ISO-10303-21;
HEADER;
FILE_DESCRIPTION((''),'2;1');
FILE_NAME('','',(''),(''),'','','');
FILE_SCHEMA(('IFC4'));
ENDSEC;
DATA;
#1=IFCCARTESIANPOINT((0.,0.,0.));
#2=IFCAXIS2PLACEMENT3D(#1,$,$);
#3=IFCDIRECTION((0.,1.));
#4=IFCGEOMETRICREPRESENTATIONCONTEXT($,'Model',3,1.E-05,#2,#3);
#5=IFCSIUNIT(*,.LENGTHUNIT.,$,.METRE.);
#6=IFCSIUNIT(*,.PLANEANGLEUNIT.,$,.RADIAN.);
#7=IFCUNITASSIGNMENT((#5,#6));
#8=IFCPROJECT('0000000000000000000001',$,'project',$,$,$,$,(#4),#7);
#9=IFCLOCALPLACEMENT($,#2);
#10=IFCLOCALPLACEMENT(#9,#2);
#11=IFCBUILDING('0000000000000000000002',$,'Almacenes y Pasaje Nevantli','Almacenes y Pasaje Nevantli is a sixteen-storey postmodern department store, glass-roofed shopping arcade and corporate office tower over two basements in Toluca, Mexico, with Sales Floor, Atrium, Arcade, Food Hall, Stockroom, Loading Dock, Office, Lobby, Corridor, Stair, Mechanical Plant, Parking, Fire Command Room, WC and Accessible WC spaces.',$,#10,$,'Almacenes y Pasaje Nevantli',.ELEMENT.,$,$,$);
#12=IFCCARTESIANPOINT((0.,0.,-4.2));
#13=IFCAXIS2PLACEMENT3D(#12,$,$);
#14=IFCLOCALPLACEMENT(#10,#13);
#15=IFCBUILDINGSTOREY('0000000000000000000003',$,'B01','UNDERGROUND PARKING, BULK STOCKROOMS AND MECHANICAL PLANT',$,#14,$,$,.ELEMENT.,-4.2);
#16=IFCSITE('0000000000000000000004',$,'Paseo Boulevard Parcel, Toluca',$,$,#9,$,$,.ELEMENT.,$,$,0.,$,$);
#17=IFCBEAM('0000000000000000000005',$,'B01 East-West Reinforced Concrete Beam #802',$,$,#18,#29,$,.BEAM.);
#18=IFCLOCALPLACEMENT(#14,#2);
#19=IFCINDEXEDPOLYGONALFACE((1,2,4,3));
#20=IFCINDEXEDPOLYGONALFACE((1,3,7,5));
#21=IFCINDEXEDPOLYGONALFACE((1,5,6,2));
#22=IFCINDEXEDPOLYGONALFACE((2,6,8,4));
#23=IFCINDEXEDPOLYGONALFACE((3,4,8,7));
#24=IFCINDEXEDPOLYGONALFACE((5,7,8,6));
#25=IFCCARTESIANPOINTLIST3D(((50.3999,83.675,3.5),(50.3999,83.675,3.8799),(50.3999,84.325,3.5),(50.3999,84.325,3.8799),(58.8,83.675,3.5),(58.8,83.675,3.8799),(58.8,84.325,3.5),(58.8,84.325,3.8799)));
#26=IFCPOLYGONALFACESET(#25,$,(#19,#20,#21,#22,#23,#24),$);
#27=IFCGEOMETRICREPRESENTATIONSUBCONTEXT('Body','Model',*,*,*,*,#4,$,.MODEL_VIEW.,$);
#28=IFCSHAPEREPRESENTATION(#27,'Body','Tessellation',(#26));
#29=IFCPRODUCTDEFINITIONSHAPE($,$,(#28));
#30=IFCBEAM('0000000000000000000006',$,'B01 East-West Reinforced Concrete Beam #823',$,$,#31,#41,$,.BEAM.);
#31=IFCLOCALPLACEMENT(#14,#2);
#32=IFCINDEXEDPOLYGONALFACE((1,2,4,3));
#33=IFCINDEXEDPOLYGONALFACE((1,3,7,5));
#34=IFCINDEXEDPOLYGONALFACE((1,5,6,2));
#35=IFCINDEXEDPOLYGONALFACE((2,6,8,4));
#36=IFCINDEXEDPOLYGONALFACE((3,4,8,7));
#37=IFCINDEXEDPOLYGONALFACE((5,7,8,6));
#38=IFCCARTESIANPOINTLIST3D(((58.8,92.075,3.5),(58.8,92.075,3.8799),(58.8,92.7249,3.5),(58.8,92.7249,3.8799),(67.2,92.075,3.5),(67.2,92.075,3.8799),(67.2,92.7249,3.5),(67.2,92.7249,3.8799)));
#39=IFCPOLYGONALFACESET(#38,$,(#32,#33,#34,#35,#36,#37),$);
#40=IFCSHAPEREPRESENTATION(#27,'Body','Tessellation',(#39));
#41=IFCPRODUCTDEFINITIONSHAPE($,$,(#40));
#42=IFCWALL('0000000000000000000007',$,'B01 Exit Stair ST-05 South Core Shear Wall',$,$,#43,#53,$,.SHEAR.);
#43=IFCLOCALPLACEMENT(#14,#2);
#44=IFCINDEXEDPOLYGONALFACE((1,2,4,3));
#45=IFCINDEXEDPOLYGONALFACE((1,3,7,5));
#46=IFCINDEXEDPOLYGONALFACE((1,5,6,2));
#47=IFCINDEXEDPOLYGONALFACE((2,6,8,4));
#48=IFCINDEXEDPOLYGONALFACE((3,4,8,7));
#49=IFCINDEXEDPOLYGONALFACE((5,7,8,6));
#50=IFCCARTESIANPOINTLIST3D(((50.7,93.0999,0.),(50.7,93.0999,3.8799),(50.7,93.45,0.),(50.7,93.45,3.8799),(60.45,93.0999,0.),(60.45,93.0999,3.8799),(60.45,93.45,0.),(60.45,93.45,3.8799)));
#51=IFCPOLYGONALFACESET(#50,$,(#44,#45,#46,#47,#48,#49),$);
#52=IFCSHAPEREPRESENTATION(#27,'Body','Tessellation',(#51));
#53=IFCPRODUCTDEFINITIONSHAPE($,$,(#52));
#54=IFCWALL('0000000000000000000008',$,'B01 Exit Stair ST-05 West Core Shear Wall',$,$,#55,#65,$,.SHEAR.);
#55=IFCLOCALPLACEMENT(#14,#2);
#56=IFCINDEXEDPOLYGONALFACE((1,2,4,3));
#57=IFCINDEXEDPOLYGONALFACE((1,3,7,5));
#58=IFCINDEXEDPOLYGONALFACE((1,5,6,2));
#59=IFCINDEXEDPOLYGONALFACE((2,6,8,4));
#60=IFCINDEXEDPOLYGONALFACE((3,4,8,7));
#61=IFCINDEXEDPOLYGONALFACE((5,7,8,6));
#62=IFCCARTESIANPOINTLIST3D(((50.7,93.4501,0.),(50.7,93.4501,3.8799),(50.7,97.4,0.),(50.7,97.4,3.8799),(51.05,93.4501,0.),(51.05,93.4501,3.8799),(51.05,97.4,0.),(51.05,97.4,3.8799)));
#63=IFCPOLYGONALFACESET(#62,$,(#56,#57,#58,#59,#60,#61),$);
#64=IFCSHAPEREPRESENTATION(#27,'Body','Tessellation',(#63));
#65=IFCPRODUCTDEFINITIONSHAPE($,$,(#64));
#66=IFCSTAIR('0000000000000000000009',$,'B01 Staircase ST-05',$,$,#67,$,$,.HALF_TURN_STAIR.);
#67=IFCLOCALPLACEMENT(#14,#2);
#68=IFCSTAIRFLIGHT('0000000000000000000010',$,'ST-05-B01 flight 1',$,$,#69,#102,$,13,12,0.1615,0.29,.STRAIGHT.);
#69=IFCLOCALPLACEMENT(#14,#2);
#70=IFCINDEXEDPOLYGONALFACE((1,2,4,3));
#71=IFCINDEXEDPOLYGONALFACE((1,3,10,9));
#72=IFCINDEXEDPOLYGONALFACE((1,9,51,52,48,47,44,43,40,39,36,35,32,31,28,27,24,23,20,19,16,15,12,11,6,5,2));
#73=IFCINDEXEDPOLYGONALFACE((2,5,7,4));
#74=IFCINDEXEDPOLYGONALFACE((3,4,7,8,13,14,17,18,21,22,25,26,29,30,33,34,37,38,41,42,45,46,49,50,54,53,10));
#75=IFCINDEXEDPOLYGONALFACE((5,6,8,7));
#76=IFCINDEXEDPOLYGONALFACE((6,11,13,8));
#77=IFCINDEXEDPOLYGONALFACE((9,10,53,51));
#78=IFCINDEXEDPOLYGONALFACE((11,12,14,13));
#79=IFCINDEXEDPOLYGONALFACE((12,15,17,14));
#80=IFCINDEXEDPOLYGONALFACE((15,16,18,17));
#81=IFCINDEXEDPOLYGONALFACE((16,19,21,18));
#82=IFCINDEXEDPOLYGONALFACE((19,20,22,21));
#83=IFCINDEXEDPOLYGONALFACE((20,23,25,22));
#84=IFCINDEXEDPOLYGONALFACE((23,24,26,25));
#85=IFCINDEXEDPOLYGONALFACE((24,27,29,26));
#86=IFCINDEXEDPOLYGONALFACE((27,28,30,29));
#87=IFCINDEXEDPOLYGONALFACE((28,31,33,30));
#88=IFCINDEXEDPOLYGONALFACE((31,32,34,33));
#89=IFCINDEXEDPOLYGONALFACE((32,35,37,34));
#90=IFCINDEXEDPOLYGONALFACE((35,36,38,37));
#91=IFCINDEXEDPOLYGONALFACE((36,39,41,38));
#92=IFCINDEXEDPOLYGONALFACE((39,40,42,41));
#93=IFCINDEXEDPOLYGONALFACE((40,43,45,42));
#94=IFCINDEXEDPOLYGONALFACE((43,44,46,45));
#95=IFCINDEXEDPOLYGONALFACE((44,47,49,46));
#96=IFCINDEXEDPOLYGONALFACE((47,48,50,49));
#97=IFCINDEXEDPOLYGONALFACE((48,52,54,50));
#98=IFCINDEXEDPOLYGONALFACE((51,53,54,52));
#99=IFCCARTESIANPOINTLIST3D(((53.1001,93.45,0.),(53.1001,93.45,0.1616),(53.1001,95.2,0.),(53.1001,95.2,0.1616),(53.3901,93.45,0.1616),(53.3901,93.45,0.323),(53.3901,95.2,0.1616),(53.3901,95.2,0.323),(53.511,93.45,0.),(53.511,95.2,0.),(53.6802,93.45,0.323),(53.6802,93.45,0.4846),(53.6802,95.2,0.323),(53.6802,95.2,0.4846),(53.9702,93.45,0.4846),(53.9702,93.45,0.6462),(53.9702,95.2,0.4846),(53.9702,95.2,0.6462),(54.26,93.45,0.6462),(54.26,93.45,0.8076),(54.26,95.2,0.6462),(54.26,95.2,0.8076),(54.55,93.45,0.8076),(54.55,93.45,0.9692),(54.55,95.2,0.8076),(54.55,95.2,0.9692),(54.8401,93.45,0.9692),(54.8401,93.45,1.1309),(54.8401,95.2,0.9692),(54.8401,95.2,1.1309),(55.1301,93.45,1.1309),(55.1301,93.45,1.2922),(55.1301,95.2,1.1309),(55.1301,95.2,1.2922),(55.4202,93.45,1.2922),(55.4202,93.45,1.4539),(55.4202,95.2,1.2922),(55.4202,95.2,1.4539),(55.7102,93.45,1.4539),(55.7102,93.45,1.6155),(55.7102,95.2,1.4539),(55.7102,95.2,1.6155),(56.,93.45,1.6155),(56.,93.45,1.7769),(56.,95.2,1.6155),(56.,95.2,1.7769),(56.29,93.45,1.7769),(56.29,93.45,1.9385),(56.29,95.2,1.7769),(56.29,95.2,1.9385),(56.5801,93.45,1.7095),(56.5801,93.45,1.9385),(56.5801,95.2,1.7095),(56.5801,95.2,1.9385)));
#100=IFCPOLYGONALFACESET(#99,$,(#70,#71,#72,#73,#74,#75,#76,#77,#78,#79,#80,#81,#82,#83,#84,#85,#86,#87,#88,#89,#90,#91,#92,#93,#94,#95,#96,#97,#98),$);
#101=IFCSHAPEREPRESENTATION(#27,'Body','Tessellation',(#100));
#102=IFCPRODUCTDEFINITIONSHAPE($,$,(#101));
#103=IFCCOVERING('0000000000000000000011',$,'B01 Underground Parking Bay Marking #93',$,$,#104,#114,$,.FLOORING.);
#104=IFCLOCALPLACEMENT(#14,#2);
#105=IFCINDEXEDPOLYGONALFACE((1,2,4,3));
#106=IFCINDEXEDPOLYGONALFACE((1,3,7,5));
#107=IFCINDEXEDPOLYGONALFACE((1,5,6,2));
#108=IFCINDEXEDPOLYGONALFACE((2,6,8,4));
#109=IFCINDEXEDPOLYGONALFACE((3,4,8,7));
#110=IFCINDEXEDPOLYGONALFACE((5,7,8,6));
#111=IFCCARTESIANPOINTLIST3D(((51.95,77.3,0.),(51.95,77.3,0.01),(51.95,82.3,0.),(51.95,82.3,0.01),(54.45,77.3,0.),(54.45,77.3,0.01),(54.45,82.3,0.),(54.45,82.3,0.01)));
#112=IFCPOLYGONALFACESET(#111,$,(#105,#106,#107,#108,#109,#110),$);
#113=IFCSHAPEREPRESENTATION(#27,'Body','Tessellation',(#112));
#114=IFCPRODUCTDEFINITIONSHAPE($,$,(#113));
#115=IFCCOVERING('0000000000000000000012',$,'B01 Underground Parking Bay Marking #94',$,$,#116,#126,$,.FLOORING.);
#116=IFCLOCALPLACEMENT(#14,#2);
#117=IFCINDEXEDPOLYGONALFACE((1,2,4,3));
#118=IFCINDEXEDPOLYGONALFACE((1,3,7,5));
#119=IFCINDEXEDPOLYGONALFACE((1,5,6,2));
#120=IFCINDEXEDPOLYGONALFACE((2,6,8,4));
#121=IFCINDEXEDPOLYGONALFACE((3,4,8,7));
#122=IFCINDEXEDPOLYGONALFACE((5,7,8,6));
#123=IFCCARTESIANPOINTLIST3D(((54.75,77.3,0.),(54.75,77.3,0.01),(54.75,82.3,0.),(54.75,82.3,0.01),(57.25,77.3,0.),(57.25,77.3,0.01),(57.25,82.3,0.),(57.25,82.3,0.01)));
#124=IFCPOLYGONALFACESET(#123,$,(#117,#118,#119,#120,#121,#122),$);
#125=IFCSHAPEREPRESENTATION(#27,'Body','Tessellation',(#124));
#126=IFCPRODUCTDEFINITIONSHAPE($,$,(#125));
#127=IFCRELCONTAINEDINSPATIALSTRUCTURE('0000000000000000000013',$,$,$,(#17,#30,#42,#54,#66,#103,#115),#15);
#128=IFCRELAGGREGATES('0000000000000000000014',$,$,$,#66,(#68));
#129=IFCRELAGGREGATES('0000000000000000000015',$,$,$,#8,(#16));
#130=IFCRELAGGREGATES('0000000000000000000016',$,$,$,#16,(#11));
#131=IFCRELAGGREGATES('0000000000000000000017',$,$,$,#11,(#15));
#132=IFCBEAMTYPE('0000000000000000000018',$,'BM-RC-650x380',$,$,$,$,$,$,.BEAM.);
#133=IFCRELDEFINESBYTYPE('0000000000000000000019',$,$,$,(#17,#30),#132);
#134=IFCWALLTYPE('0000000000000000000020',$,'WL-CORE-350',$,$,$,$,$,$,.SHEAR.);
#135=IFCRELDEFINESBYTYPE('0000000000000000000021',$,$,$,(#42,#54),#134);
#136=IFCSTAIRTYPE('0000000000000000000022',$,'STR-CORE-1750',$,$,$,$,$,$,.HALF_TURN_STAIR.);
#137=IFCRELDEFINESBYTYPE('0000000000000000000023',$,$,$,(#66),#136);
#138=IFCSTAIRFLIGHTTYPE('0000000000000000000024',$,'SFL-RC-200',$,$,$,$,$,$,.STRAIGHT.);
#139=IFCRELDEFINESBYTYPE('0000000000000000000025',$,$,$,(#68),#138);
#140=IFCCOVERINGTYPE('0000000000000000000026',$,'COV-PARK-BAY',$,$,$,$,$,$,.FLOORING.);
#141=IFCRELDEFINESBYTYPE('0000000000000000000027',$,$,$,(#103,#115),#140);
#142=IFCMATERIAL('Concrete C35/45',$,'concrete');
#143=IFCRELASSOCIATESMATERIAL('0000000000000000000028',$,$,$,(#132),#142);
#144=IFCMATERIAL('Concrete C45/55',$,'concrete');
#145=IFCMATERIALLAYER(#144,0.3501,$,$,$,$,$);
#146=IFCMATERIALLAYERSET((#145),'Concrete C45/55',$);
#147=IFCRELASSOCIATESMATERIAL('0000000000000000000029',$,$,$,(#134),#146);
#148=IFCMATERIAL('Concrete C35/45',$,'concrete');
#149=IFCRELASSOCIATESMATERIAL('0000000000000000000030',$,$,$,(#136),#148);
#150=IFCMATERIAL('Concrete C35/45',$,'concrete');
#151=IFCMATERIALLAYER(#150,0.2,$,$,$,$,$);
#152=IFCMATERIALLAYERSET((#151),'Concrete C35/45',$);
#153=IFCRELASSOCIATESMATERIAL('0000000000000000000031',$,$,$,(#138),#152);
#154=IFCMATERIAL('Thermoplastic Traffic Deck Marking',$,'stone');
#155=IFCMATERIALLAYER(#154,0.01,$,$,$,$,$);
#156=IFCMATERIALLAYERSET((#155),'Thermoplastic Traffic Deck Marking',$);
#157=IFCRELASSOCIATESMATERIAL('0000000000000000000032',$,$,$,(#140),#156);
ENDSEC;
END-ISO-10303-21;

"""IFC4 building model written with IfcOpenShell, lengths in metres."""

from ifc_helpers import new_model, si_unit, direction, frame, frame_2d, origin, origin_2d, place, context, subcontext, project, spatial, polyline, rectangle, outline, extrude, material, layer, layer_set, material_profile, profile_set, type_object, element, aggregate, save


model = new_model("IFC4")

# Units and contexts
model_context = context("Model", 3, precision=1e-05, world=origin(), true_north=direction((0.0, 1.0)))
body_context = subcontext(model_context, "Body", "Model", "MODEL_VIEW")
ifc_project = project(units=[si_unit("LENGTHUNIT", "METRE"), si_unit("PLANEANGLEUNIT", "RADIAN")], contexts=[model_context])

# Site, building, storey
site_placement = place(None, origin())
site = spatial("IfcSite", under=ifc_project, at=site_placement, Name="Paseo Boulevard Parcel, Toluca", CompositionType="ELEMENT", RefElevation=0.0)
building_placement = place(site_placement, origin())
building = spatial("IfcBuilding", under=site, at=building_placement, Name="Almacenes y Pasaje Nevantli", Description="Almacenes y Pasaje Nevantli is a sixteen-storey postmodern department store, glass-roofed shopping arcade and corporate office tower over two basements in Toluca, Mexico, with Sales Floor, Atrium, Arcade, Food Hall, Stockroom, Loading Dock, Office, Lobby, Corridor, Stair, Mechanical Plant, Parking, Fire Command Room, WC and Accessible WC spaces.", LongName="Almacenes y Pasaje Nevantli", CompositionType="ELEMENT")
storey_placement = place(building_placement, frame((0.0, 0.0, -4.2)))
storey = spatial("IfcBuildingStorey", under=building, at=storey_placement, Name="B01", Description="UNDERGROUND PARKING, BULK STOCKROOMS AND MECHANICAL PLANT", CompositionType="ELEMENT", Elevation=-4.2)

# Beams
ifc_material_1 = material(Name="Concrete C35/45", Category="concrete")
ifc_material_profile_1 = material_profile(ifc_material_1, rectangle(XDim=0.6499, YDim=0.3799, at=origin_2d()), Name="RC-BM-650x380")
ifc_profile_set_1 = profile_set([ifc_material_profile_1], Name="Concrete C35/45")
beam_type_1 = type_object("IfcBeamType", Name="BM-RC-650x380", PredefinedType="BEAM", material=ifc_profile_set_1)
beam_1_placement = place(storey_placement, frame((50.3999, 84.0, 3.6899), z_axis=(1.0, 0.0, 0.0), x_axis=(0.0, 1.0, 0.0)))
element("IfcBeam", 1, at=beam_1_placement, inside=storey, type_object=beam_type_1, Name="B01 East-West Reinforced Concrete Beam #802", PredefinedType="BEAM", context=body_context, shape_type="SweptSolid", body=[
    extrude(rectangle(XDim=0.6499, YDim=0.3799, at=origin_2d()), origin(), (0.0, 0.0, 1.0), 8.4001),
])
beam_2_placement = place(storey_placement, frame((58.8, 92.3999, 3.6899), z_axis=(1.0, 0.0, 0.0), x_axis=(0.0, 1.0, 0.0)))
element("IfcBeam", 2, at=beam_2_placement, inside=storey, type_object=beam_type_1, Name="B01 East-West Reinforced Concrete Beam #823", PredefinedType="BEAM", context=body_context, shape_type="SweptSolid", body=[
    extrude(rectangle(XDim=0.6499, YDim=0.3799, at=origin_2d()), origin(), (0.0, 0.0, 1.0), 8.3999),
])

# Walls
ifc_material_2 = material(Name="Concrete C45/55", Category="concrete")
ifc_layer_1 = layer(ifc_material_2, 0.3501)
ifc_layer_set_1 = layer_set([ifc_layer_1], Name="Concrete C45/55")
wall_type = type_object("IfcWallType", Name="WL-CORE-350", PredefinedType="SHEAR", material=ifc_layer_set_1)
wall_1_placement = place(storey_placement, frame((50.7, 93.2749, 0.0), z_axis=(0.0, 0.0, 1.0), x_axis=(1.0, 0.0, 0.0)))
element("IfcWall", 3, at=wall_1_placement, inside=storey, type_object=wall_type, Name="B01 Exit Stair ST-05 South Core Shear Wall", PredefinedType="SHEAR", context=body_context, shape_type="SweptSolid", body=[
    extrude(rectangle(XDim=9.75, YDim=0.3501, at=frame_2d((4.875, 0.0))), origin(), (0.0, 0.0, 1.0), 3.8799),
])
wall_2_placement = place(storey_placement, frame((50.875, 93.45, 0.0), z_axis=(0.0, 0.0, 1.0), x_axis=(0.0, 1.0, 0.0)))
element("IfcWall", 4, at=wall_2_placement, inside=storey, type_object=wall_type, Name="B01 Exit Stair ST-05 West Core Shear Wall", PredefinedType="SHEAR", context=body_context, shape_type="SweptSolid", body=[
    extrude(rectangle(XDim=3.95, YDim=0.3501, at=frame_2d((1.9751, 0.0))), origin(), (0.0, 0.0, 1.0), 3.8799),
])

# Stair, stair flight
ifc_material_3 = material(Name="Concrete C35/45", Category="concrete")
stair_type = type_object("IfcStairType", Name="STR-CORE-1750", PredefinedType="HALF_TURN_STAIR", material=ifc_material_3)
stair_placement = place(storey_placement, origin())
stair = element("IfcStair", 5, at=stair_placement, inside=storey, type_object=stair_type, Name="B01 Staircase ST-05", PredefinedType="HALF_TURN_STAIR")
ifc_material_4 = material(Name="Concrete C35/45", Category="concrete")
ifc_layer_2 = layer(ifc_material_4, 0.2)
ifc_layer_set_2 = layer_set([ifc_layer_2], Name="Concrete C35/45")
stair_flight_type = type_object("IfcStairFlightType", Name="SFL-RC-200", PredefinedType="STRAIGHT", material=ifc_layer_set_2)
stair_flight_placement = place(storey_placement, frame((53.1001, 94.325, 0.0), z_axis=(0.0, 0.0, 1.0), x_axis=(1.0, 0.0, 0.0)))
stair_flight = element("IfcStairFlight", 6, at=stair_flight_placement, type_object=stair_flight_type, Name="ST-05-B01 flight 1", NumberOfRisers=13, NumberOfTreads=12, PredefinedType="STRAIGHT", RiserHeight=0.1615, TreadLength=0.29, context=body_context, shape_type="SweptSolid", body=[
    extrude(outline(polyline([(0.0, 0.0), (0.0, 0.1616), (0.29, 0.1616), (0.29, 0.323), (0.5801, 0.323), (0.5801, 0.4846), (0.8701, 0.4846), (0.8701, 0.6462), (1.1599, 0.6462), (1.1599, 0.8076), (1.45, 0.8076), (1.45, 0.9692), (1.74, 0.9692), (1.74, 1.1309), (2.03, 1.1309), (2.03, 1.2922), (2.3201, 1.2922), (2.3201, 1.4539), (2.6101, 1.4539), (2.6101, 1.6155), (2.8999, 1.6155), (2.8999, 1.7769), (3.1899, 1.7769), (3.1899, 1.9385), (3.48, 1.9385), (3.48, 2.1001), (3.48, 1.7095), (0.4109, 0.0), (0.0, 0.0)])), frame((0.0, 0.875, 0.0), z_axis=(0.0, -1.0, 0.0), x_axis=(1.0, 0.0, 0.0)), (0.0, 0.0, 1.0), 1.75),
])
aggregate(stair, [stair_flight])

# Coverings
ifc_material_5 = material(Name="Thermoplastic Traffic Deck Marking", Category="stone")
ifc_layer_3 = layer(ifc_material_5, 0.01)
ifc_layer_set_3 = layer_set([ifc_layer_3], Name="Thermoplastic Traffic Deck Marking")
covering_type = type_object("IfcCoveringType", Name="COV-PARK-BAY", PredefinedType="FLOORING", material=ifc_layer_set_3)
for number, where, z_axis, x_axis, name in (
    (7, (53.2, 79.8, 0.0), (0.0, 0.0, 1.0), (1.0, 0.0, 0.0), "B01 Underground Parking Bay Marking #93"),
    (8, (56.0, 79.8, 0.0), (0.0, 0.0, 1.0), (1.0, 0.0, 0.0), "B01 Underground Parking Bay Marking #94"),
):
    element("IfcCovering", number, at=place(storey_placement, frame(where, z_axis=z_axis, x_axis=x_axis)), inside=storey, type_object=covering_type, Name=name, PredefinedType="FLOORING", context=body_context, shape_type="SweptSolid", body=[
        extrude(rectangle(XDim=2.5, YDim=5.0, at=origin_2d()), origin(), (0.0, 0.0, 1.0), 0.01),
    ])

save(model, "model.ifc")
